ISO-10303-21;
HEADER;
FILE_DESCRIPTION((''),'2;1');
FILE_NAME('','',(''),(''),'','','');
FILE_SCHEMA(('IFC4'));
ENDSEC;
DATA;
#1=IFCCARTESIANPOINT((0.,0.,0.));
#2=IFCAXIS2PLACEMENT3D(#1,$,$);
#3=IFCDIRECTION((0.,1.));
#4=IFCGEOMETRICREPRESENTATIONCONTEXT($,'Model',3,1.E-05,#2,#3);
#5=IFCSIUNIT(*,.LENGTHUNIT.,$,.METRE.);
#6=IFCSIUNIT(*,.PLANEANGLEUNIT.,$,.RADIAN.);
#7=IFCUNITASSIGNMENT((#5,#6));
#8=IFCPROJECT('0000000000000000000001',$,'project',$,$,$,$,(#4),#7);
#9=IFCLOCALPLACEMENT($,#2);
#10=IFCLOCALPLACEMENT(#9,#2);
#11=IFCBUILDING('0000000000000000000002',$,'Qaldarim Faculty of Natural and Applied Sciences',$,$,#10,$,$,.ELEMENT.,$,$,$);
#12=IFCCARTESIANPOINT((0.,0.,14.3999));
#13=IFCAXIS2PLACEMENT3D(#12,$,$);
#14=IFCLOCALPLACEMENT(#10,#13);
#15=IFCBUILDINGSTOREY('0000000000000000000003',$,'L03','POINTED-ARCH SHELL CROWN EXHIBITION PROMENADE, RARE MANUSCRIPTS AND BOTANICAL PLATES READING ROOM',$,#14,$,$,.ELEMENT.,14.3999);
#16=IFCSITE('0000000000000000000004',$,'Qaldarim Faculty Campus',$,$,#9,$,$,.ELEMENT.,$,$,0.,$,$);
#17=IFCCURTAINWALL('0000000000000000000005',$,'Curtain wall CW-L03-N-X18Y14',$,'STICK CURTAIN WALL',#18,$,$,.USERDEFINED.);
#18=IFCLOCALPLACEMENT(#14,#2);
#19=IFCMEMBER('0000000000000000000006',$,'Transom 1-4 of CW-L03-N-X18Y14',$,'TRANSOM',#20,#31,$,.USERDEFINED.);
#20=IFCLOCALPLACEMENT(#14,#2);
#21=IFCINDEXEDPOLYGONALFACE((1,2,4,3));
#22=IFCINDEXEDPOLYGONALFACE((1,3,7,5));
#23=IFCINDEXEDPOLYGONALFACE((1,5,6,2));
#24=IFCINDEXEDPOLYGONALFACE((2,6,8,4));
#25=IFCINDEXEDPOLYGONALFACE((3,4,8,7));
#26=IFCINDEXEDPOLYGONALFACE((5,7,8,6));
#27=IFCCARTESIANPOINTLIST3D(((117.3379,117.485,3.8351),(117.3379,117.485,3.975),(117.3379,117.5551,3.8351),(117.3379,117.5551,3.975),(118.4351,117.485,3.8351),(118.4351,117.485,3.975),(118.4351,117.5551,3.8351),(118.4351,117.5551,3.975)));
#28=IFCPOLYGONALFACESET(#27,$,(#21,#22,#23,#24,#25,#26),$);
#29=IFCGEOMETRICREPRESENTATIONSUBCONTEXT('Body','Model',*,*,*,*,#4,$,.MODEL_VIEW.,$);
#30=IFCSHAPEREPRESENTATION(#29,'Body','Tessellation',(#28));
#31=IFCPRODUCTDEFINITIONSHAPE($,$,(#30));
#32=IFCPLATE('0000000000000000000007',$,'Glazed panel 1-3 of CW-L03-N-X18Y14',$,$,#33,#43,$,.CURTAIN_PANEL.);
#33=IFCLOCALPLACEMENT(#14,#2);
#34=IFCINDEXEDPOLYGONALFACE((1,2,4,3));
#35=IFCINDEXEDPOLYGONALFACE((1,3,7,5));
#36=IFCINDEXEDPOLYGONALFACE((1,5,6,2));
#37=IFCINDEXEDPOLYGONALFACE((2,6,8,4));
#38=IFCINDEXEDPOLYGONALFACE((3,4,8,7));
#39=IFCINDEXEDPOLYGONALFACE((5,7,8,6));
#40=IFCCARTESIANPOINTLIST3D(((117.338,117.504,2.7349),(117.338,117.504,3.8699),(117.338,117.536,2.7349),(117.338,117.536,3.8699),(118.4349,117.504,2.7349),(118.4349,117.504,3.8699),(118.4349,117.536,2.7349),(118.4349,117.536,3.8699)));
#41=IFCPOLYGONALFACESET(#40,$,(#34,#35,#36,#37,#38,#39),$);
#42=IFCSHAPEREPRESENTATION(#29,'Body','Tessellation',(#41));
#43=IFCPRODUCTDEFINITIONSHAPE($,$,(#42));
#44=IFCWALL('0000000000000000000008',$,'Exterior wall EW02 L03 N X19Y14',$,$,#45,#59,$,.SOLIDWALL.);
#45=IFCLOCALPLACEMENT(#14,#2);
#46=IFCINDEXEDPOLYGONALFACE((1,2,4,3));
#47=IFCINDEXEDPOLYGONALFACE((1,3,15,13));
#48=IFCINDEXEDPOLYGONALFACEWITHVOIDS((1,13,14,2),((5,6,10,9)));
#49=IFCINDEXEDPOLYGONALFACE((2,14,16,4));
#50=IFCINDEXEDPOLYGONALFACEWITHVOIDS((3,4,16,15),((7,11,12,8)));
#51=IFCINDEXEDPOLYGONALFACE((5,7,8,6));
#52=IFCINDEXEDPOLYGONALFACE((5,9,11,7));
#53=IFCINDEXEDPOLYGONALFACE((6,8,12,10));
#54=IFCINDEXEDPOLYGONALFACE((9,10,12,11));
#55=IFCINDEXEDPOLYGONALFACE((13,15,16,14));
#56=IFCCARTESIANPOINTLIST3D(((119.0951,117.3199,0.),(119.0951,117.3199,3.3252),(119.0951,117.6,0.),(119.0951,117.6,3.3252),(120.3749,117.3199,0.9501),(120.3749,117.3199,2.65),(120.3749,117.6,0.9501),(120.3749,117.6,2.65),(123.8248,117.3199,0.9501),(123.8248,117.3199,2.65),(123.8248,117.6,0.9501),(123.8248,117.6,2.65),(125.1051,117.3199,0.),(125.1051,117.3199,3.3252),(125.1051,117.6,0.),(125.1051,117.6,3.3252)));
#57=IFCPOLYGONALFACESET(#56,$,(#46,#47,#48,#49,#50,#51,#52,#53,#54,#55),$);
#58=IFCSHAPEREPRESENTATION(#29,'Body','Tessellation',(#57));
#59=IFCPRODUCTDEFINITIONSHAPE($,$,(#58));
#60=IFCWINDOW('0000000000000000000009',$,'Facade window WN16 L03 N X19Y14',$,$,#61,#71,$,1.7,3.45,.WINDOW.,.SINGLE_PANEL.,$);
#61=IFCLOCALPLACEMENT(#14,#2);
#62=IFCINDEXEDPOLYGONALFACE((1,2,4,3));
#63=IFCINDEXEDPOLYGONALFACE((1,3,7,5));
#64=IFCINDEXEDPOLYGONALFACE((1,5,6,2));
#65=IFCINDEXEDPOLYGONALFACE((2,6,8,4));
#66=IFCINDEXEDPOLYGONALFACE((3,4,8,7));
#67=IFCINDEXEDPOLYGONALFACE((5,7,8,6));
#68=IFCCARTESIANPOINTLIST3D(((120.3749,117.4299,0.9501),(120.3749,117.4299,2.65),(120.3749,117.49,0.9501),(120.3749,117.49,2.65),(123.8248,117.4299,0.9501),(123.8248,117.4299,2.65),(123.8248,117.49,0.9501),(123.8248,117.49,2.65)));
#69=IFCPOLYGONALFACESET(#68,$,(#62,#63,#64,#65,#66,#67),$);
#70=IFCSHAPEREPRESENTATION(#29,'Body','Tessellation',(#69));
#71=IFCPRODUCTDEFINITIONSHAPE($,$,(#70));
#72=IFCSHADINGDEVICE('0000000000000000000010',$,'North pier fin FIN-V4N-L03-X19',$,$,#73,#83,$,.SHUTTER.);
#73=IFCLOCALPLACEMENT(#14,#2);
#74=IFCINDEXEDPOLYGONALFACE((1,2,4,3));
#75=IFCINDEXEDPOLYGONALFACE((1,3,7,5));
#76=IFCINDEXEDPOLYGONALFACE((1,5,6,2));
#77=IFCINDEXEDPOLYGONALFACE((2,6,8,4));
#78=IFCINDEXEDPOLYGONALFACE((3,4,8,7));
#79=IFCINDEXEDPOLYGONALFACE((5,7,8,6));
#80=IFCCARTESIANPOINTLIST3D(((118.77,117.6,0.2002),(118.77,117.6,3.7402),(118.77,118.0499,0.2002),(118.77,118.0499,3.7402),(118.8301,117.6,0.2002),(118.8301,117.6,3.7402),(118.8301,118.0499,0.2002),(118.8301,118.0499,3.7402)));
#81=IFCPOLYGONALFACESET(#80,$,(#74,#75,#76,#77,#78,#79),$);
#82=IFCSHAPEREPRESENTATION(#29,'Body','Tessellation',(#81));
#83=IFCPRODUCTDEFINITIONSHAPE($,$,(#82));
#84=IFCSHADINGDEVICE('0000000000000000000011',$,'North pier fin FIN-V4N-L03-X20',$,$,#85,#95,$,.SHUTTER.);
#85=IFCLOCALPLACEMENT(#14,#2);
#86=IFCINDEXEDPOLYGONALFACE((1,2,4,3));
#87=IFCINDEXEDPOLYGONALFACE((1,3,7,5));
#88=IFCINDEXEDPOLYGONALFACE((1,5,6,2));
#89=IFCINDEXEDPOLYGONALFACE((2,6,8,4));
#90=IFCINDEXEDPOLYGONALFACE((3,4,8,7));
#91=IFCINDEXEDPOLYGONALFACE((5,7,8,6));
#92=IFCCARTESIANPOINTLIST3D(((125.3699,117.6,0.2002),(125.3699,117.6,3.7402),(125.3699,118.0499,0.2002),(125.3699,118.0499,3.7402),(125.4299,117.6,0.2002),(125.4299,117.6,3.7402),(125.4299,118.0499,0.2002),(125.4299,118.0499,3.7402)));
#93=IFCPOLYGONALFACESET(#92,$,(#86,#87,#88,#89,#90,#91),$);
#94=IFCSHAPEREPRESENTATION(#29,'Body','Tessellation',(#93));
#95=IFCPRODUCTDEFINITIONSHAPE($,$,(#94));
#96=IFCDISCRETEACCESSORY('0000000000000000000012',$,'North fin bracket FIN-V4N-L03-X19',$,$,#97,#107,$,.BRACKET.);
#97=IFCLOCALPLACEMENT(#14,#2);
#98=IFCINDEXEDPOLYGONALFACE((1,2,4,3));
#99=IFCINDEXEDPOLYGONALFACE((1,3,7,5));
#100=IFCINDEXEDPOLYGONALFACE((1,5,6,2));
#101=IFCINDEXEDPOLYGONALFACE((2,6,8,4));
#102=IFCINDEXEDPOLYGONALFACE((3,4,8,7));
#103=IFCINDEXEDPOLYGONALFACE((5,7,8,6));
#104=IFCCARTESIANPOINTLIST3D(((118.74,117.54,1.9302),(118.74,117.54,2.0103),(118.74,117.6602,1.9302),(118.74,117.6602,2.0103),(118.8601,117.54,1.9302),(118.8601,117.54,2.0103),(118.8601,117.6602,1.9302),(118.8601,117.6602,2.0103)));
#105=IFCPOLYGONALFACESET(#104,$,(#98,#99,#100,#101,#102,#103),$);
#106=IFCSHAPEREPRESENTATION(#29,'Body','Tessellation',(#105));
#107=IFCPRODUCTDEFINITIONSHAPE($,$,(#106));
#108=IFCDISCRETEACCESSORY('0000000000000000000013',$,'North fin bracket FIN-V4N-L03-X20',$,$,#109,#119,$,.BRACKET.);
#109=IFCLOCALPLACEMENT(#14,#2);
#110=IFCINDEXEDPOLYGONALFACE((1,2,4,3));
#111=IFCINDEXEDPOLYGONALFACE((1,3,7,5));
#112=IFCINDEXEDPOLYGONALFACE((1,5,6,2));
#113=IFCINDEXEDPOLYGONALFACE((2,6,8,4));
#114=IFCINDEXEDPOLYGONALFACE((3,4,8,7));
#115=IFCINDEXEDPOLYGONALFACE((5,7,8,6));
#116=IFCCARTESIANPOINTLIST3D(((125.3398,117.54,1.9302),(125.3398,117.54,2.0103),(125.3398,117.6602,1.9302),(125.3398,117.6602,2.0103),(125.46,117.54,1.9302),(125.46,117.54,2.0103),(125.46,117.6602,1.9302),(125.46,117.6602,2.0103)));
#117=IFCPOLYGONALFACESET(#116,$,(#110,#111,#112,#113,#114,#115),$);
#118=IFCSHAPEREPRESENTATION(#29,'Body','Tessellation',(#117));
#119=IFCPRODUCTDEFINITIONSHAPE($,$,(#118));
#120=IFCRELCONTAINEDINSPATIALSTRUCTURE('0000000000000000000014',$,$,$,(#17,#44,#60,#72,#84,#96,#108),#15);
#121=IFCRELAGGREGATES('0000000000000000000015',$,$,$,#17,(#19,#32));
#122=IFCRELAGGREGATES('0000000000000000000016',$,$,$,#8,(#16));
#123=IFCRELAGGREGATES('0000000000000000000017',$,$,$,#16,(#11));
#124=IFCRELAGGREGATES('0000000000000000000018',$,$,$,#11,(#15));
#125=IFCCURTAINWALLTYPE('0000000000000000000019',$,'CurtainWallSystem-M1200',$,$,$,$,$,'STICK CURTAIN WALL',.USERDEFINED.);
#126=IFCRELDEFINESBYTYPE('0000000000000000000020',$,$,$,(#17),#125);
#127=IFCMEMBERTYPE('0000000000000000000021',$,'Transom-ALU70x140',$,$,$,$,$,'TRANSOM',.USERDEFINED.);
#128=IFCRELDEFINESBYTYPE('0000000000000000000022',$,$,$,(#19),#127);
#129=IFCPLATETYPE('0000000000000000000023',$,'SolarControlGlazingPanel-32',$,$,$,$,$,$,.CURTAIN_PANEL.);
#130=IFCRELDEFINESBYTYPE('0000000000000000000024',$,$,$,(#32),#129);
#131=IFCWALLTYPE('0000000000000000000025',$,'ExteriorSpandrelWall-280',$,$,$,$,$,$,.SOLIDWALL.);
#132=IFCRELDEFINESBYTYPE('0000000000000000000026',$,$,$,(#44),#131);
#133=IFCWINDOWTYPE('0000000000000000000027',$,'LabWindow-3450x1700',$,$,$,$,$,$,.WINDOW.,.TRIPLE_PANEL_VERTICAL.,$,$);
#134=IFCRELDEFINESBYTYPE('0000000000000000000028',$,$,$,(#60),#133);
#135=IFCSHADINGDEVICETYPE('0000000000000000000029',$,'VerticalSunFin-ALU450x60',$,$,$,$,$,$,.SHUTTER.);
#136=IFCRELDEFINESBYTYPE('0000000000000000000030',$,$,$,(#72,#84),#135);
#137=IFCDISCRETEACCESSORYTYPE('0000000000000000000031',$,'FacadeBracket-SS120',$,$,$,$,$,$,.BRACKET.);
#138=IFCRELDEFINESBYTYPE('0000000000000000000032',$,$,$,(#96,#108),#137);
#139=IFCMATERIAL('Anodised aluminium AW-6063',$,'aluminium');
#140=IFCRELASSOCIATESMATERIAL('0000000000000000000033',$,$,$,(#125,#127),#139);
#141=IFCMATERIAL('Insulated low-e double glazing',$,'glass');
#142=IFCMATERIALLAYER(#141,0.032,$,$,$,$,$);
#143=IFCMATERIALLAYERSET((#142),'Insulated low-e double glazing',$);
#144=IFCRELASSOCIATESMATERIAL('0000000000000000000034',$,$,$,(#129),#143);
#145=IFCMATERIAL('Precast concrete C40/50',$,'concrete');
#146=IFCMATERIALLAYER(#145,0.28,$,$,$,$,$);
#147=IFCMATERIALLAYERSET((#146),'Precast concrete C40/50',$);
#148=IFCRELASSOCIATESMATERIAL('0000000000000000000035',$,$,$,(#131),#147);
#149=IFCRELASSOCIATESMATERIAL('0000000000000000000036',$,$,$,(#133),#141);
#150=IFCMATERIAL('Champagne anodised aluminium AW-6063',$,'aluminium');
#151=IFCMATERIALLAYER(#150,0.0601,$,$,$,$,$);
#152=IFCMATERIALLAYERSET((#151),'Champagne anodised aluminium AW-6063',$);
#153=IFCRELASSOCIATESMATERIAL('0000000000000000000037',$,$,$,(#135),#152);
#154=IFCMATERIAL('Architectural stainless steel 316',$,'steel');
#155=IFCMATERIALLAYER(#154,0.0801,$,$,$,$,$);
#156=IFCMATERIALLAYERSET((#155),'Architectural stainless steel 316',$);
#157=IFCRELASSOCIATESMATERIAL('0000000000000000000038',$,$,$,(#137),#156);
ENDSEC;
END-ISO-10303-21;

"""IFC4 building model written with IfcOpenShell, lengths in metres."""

from ifc_helpers import new_model, si_unit, direction, frame, frame_2d, origin, origin_2d, place, context, subcontext, project, spatial, rectangle, extrude, material, layer, layer_set, material_profile, profile_set, type_object, element, fill, aggregate, save


model = new_model("IFC4")

# Units and contexts
model_context = context("Model", 3, precision=1e-05, world=origin(), true_north=direction((0.0, 1.0)))
body_context = subcontext(model_context, "Body", "Model", "MODEL_VIEW")
ifc_project = project(units=[si_unit("LENGTHUNIT", "METRE"), si_unit("PLANEANGLEUNIT", "RADIAN")], contexts=[model_context])

# Site, building, storey
site_placement = place(None, origin())
site = spatial("IfcSite", under=ifc_project, at=site_placement, Name="Qaldarim Faculty Campus", CompositionType="ELEMENT", RefElevation=0.0)
building_placement = place(site_placement, origin())
building = spatial("IfcBuilding", under=site, at=building_placement, Name="Qaldarim Faculty of Natural and Applied Sciences", CompositionType="ELEMENT")
storey_placement = place(building_placement, frame((0.0, 0.0, 14.3999)))
storey = spatial("IfcBuildingStorey", under=building, at=storey_placement, Name="L03", Description="POINTED-ARCH SHELL CROWN EXHIBITION PROMENADE, RARE MANUSCRIPTS AND BOTANICAL PLATES READING ROOM", CompositionType="ELEMENT", Elevation=14.3999)

# Curtain wall
ifc_material_1 = material(Name="Anodised aluminium AW-6063", Category="aluminium")
curtain_wall_type = type_object("IfcCurtainWallType", Name="CurtainWallSystem-M1200", ElementType="STICK CURTAIN WALL", PredefinedType="USERDEFINED", material=ifc_material_1)
curtain_wall_placement = place(storey_placement, origin())
curtain_wall = element("IfcCurtainWall", 1, at=curtain_wall_placement, inside=storey, type_object=curtain_wall_type, Name="Curtain wall CW-L03-N-X18Y14", ObjectType="STICK CURTAIN WALL", PredefinedType="USERDEFINED")

# Shared definitions
ifc_material_2 = material(Name="Precast concrete C40/50", Category="concrete")

# Member
ifc_material_profile_1 = material_profile(ifc_material_1, rectangle(XDim=0.0701, YDim=0.1399, at=origin_2d()), Name="ALU-T70x140")
ifc_profile_set_1 = profile_set([ifc_material_profile_1], Name="Anodised aluminium AW-6063")
member_type_1 = type_object("IfcMemberType", Name="Transom-ALU70x140", ElementType="TRANSOM", PredefinedType="USERDEFINED", material=ifc_profile_set_1)
member_1_placement = place(storey_placement, frame((118.4351, 117.52, 3.905), z_axis=(-1.0, 0.0, 0.0), x_axis=(0.0, -1.0, 0.0)))
member_1 = element("IfcMember", 2, at=member_1_placement, type_object=member_type_1, Name="Transom 1-4 of CW-L03-N-X18Y14", ObjectType="TRANSOM", PredefinedType="USERDEFINED", context=body_context, shape_type="SweptSolid", body=[
    extrude(rectangle(XDim=0.0701, YDim=0.1399, at=origin_2d()), origin(), (0.0, 0.0, 1.0), 1.0972),
])

# Plate
ifc_material_3 = material(Name="Insulated low-e double glazing", Category="glass")
ifc_layer_1 = layer(ifc_material_3, 0.032)
ifc_layer_set_1 = layer_set([ifc_layer_1], Name="Insulated low-e double glazing")
plate_type = type_object("IfcPlateType", Name="SolarControlGlazingPanel-32", PredefinedType="CURTAIN_PANEL", material=ifc_layer_set_1)
plate_placement = place(storey_placement, frame((117.8865, 117.52, 2.7349), z_axis=(0.0, 0.0, 1.0), x_axis=(-1.0, 0.0, 0.0)))
plate = element("IfcPlate", 3, at=plate_placement, type_object=plate_type, Name="Glazed panel 1-3 of CW-L03-N-X18Y14", PredefinedType="CURTAIN_PANEL", context=body_context, shape_type="SweptSolid", body=[
    extrude(rectangle(XDim=1.0969, YDim=0.032, at=origin_2d()), origin(), (0.0, 0.0, 1.0), 1.135),
])
aggregate(curtain_wall, [member_1, plate])

# Wall, opening, window
ifc_layer_2 = layer(ifc_material_2, 0.28)
ifc_layer_set_2 = layer_set([ifc_layer_2], Name="Precast concrete C40/50")
wall_type = type_object("IfcWallType", Name="ExteriorSpandrelWall-280", PredefinedType="SOLIDWALL", material=ifc_layer_set_2)
wall_placement = place(storey_placement, frame((125.105, 117.46, 0.0), z_axis=(0.0, 0.0, 1.0), x_axis=(-1.0, 0.0, 0.0)))
wall = element("IfcWall", 4, at=wall_placement, inside=storey, type_object=wall_type, Name="Exterior wall EW02 L03 N X19Y14", PredefinedType="SOLIDWALL", context=body_context, shape_type="SweptSolid", body=[
    extrude(rectangle(XDim=6.01, YDim=0.28, at=frame_2d((3.0049, 0.0))), origin(), (0.0, 0.0, 1.0), 3.3252),
])
opening_placement = place(wall_placement, frame((1.28, 0.0, 0.95)))
opening = element("IfcOpeningElement", 5, at=opening_placement, cuts=wall, PredefinedType="OPENING", context=body_context, shape_type="SweptSolid", body=[
    extrude(rectangle(XDim=3.45, YDim=1.7, at=frame_2d((1.7251, 0.8501))), frame((0.0, 0.1499, 0.0), z_axis=(0.0, -1.0, 0.0), x_axis=(1.0, 0.0, 0.0)), (0.0, 0.0, 1.0), 0.3),
])
window_type = type_object("IfcWindowType", Name="LabWindow-3450x1700", PartitioningType="TRIPLE_PANEL_VERTICAL", PredefinedType="WINDOW", material=ifc_material_3)
window_placement = place(opening_placement, origin())
window = element("IfcWindow", 6, at=window_placement, inside=storey, type_object=window_type, Name="Facade window WN16 L03 N X19Y14", OverallHeight=1.7, OverallWidth=3.45, PartitioningType="SINGLE_PANEL", PredefinedType="WINDOW", context=body_context, shape_type="SweptSolid", body=[
    extrude(rectangle(XDim=3.45, YDim=1.7, at=frame_2d((1.7251, 0.8501))), frame((0.0, 0.03, 0.0), z_axis=(0.0, -1.0, 0.0), x_axis=(1.0, 0.0, 0.0)), (0.0, 0.0, 1.0), 0.0601),
])
fill(opening, window)

# Shading devices
ifc_material_4 = material(Name="Champagne anodised aluminium AW-6063", Category="aluminium")
ifc_layer_3 = layer(ifc_material_4, 0.0601)
ifc_layer_set_3 = layer_set([ifc_layer_3], Name="Champagne anodised aluminium AW-6063")
shading_device_type = type_object("IfcShadingDeviceType", Name="VerticalSunFin-ALU450x60", PredefinedType="SHUTTER", material=ifc_layer_set_3)
for number, where, z_axis, x_axis, name in (
    (7, (118.8, 117.825, 0.2002), (0.0, 0.0, 1.0), (1.0, 0.0, 0.0), "North pier fin FIN-V4N-L03-X19"),
    (8, (125.3999, 117.825, 0.2002), (0.0, 0.0, 1.0), (1.0, 0.0, 0.0), "North pier fin FIN-V4N-L03-X20"),
):
    element("IfcShadingDevice", number, at=place(storey_placement, frame(where, z_axis=z_axis, x_axis=x_axis)), inside=storey, type_object=shading_device_type, Name=name, PredefinedType="SHUTTER", context=body_context, shape_type="SweptSolid", body=[
        extrude(rectangle(XDim=0.0601, YDim=0.45, at=origin_2d()), origin(), (0.0, 0.0, 1.0), 3.54),
    ])

# Discrete accessories
ifc_material_5 = material(Name="Architectural stainless steel 316", Category="steel")
ifc_layer_4 = layer(ifc_material_5, 0.0801)
ifc_layer_set_4 = layer_set([ifc_layer_4], Name="Architectural stainless steel 316")
discrete_accessory_type = type_object("IfcDiscreteAccessoryType", Name="FacadeBracket-SS120", PredefinedType="BRACKET", material=ifc_layer_set_4)
for number, where, z_axis, x_axis, name in (
    (9, (118.8, 117.6001, 1.9302), (0.0, 0.0, 1.0), (1.0, 0.0, 0.0), "North fin bracket FIN-V4N-L03-X19"),
    (10, (125.3999, 117.6001, 1.9302), (0.0, 0.0, 1.0), (1.0, 0.0, 0.0), "North fin bracket FIN-V4N-L03-X20"),
):
    element("IfcDiscreteAccessory", number, at=place(storey_placement, frame(where, z_axis=z_axis, x_axis=x_axis)), inside=storey, type_object=discrete_accessory_type, Name=name, PredefinedType="BRACKET", context=body_context, shape_type="SweptSolid", body=[
        extrude(rectangle(XDim=0.1201, YDim=0.1201, at=origin_2d()), origin(), (0.0, 0.0, 1.0), 0.0801),
    ])

save(model, "model.ifc")
